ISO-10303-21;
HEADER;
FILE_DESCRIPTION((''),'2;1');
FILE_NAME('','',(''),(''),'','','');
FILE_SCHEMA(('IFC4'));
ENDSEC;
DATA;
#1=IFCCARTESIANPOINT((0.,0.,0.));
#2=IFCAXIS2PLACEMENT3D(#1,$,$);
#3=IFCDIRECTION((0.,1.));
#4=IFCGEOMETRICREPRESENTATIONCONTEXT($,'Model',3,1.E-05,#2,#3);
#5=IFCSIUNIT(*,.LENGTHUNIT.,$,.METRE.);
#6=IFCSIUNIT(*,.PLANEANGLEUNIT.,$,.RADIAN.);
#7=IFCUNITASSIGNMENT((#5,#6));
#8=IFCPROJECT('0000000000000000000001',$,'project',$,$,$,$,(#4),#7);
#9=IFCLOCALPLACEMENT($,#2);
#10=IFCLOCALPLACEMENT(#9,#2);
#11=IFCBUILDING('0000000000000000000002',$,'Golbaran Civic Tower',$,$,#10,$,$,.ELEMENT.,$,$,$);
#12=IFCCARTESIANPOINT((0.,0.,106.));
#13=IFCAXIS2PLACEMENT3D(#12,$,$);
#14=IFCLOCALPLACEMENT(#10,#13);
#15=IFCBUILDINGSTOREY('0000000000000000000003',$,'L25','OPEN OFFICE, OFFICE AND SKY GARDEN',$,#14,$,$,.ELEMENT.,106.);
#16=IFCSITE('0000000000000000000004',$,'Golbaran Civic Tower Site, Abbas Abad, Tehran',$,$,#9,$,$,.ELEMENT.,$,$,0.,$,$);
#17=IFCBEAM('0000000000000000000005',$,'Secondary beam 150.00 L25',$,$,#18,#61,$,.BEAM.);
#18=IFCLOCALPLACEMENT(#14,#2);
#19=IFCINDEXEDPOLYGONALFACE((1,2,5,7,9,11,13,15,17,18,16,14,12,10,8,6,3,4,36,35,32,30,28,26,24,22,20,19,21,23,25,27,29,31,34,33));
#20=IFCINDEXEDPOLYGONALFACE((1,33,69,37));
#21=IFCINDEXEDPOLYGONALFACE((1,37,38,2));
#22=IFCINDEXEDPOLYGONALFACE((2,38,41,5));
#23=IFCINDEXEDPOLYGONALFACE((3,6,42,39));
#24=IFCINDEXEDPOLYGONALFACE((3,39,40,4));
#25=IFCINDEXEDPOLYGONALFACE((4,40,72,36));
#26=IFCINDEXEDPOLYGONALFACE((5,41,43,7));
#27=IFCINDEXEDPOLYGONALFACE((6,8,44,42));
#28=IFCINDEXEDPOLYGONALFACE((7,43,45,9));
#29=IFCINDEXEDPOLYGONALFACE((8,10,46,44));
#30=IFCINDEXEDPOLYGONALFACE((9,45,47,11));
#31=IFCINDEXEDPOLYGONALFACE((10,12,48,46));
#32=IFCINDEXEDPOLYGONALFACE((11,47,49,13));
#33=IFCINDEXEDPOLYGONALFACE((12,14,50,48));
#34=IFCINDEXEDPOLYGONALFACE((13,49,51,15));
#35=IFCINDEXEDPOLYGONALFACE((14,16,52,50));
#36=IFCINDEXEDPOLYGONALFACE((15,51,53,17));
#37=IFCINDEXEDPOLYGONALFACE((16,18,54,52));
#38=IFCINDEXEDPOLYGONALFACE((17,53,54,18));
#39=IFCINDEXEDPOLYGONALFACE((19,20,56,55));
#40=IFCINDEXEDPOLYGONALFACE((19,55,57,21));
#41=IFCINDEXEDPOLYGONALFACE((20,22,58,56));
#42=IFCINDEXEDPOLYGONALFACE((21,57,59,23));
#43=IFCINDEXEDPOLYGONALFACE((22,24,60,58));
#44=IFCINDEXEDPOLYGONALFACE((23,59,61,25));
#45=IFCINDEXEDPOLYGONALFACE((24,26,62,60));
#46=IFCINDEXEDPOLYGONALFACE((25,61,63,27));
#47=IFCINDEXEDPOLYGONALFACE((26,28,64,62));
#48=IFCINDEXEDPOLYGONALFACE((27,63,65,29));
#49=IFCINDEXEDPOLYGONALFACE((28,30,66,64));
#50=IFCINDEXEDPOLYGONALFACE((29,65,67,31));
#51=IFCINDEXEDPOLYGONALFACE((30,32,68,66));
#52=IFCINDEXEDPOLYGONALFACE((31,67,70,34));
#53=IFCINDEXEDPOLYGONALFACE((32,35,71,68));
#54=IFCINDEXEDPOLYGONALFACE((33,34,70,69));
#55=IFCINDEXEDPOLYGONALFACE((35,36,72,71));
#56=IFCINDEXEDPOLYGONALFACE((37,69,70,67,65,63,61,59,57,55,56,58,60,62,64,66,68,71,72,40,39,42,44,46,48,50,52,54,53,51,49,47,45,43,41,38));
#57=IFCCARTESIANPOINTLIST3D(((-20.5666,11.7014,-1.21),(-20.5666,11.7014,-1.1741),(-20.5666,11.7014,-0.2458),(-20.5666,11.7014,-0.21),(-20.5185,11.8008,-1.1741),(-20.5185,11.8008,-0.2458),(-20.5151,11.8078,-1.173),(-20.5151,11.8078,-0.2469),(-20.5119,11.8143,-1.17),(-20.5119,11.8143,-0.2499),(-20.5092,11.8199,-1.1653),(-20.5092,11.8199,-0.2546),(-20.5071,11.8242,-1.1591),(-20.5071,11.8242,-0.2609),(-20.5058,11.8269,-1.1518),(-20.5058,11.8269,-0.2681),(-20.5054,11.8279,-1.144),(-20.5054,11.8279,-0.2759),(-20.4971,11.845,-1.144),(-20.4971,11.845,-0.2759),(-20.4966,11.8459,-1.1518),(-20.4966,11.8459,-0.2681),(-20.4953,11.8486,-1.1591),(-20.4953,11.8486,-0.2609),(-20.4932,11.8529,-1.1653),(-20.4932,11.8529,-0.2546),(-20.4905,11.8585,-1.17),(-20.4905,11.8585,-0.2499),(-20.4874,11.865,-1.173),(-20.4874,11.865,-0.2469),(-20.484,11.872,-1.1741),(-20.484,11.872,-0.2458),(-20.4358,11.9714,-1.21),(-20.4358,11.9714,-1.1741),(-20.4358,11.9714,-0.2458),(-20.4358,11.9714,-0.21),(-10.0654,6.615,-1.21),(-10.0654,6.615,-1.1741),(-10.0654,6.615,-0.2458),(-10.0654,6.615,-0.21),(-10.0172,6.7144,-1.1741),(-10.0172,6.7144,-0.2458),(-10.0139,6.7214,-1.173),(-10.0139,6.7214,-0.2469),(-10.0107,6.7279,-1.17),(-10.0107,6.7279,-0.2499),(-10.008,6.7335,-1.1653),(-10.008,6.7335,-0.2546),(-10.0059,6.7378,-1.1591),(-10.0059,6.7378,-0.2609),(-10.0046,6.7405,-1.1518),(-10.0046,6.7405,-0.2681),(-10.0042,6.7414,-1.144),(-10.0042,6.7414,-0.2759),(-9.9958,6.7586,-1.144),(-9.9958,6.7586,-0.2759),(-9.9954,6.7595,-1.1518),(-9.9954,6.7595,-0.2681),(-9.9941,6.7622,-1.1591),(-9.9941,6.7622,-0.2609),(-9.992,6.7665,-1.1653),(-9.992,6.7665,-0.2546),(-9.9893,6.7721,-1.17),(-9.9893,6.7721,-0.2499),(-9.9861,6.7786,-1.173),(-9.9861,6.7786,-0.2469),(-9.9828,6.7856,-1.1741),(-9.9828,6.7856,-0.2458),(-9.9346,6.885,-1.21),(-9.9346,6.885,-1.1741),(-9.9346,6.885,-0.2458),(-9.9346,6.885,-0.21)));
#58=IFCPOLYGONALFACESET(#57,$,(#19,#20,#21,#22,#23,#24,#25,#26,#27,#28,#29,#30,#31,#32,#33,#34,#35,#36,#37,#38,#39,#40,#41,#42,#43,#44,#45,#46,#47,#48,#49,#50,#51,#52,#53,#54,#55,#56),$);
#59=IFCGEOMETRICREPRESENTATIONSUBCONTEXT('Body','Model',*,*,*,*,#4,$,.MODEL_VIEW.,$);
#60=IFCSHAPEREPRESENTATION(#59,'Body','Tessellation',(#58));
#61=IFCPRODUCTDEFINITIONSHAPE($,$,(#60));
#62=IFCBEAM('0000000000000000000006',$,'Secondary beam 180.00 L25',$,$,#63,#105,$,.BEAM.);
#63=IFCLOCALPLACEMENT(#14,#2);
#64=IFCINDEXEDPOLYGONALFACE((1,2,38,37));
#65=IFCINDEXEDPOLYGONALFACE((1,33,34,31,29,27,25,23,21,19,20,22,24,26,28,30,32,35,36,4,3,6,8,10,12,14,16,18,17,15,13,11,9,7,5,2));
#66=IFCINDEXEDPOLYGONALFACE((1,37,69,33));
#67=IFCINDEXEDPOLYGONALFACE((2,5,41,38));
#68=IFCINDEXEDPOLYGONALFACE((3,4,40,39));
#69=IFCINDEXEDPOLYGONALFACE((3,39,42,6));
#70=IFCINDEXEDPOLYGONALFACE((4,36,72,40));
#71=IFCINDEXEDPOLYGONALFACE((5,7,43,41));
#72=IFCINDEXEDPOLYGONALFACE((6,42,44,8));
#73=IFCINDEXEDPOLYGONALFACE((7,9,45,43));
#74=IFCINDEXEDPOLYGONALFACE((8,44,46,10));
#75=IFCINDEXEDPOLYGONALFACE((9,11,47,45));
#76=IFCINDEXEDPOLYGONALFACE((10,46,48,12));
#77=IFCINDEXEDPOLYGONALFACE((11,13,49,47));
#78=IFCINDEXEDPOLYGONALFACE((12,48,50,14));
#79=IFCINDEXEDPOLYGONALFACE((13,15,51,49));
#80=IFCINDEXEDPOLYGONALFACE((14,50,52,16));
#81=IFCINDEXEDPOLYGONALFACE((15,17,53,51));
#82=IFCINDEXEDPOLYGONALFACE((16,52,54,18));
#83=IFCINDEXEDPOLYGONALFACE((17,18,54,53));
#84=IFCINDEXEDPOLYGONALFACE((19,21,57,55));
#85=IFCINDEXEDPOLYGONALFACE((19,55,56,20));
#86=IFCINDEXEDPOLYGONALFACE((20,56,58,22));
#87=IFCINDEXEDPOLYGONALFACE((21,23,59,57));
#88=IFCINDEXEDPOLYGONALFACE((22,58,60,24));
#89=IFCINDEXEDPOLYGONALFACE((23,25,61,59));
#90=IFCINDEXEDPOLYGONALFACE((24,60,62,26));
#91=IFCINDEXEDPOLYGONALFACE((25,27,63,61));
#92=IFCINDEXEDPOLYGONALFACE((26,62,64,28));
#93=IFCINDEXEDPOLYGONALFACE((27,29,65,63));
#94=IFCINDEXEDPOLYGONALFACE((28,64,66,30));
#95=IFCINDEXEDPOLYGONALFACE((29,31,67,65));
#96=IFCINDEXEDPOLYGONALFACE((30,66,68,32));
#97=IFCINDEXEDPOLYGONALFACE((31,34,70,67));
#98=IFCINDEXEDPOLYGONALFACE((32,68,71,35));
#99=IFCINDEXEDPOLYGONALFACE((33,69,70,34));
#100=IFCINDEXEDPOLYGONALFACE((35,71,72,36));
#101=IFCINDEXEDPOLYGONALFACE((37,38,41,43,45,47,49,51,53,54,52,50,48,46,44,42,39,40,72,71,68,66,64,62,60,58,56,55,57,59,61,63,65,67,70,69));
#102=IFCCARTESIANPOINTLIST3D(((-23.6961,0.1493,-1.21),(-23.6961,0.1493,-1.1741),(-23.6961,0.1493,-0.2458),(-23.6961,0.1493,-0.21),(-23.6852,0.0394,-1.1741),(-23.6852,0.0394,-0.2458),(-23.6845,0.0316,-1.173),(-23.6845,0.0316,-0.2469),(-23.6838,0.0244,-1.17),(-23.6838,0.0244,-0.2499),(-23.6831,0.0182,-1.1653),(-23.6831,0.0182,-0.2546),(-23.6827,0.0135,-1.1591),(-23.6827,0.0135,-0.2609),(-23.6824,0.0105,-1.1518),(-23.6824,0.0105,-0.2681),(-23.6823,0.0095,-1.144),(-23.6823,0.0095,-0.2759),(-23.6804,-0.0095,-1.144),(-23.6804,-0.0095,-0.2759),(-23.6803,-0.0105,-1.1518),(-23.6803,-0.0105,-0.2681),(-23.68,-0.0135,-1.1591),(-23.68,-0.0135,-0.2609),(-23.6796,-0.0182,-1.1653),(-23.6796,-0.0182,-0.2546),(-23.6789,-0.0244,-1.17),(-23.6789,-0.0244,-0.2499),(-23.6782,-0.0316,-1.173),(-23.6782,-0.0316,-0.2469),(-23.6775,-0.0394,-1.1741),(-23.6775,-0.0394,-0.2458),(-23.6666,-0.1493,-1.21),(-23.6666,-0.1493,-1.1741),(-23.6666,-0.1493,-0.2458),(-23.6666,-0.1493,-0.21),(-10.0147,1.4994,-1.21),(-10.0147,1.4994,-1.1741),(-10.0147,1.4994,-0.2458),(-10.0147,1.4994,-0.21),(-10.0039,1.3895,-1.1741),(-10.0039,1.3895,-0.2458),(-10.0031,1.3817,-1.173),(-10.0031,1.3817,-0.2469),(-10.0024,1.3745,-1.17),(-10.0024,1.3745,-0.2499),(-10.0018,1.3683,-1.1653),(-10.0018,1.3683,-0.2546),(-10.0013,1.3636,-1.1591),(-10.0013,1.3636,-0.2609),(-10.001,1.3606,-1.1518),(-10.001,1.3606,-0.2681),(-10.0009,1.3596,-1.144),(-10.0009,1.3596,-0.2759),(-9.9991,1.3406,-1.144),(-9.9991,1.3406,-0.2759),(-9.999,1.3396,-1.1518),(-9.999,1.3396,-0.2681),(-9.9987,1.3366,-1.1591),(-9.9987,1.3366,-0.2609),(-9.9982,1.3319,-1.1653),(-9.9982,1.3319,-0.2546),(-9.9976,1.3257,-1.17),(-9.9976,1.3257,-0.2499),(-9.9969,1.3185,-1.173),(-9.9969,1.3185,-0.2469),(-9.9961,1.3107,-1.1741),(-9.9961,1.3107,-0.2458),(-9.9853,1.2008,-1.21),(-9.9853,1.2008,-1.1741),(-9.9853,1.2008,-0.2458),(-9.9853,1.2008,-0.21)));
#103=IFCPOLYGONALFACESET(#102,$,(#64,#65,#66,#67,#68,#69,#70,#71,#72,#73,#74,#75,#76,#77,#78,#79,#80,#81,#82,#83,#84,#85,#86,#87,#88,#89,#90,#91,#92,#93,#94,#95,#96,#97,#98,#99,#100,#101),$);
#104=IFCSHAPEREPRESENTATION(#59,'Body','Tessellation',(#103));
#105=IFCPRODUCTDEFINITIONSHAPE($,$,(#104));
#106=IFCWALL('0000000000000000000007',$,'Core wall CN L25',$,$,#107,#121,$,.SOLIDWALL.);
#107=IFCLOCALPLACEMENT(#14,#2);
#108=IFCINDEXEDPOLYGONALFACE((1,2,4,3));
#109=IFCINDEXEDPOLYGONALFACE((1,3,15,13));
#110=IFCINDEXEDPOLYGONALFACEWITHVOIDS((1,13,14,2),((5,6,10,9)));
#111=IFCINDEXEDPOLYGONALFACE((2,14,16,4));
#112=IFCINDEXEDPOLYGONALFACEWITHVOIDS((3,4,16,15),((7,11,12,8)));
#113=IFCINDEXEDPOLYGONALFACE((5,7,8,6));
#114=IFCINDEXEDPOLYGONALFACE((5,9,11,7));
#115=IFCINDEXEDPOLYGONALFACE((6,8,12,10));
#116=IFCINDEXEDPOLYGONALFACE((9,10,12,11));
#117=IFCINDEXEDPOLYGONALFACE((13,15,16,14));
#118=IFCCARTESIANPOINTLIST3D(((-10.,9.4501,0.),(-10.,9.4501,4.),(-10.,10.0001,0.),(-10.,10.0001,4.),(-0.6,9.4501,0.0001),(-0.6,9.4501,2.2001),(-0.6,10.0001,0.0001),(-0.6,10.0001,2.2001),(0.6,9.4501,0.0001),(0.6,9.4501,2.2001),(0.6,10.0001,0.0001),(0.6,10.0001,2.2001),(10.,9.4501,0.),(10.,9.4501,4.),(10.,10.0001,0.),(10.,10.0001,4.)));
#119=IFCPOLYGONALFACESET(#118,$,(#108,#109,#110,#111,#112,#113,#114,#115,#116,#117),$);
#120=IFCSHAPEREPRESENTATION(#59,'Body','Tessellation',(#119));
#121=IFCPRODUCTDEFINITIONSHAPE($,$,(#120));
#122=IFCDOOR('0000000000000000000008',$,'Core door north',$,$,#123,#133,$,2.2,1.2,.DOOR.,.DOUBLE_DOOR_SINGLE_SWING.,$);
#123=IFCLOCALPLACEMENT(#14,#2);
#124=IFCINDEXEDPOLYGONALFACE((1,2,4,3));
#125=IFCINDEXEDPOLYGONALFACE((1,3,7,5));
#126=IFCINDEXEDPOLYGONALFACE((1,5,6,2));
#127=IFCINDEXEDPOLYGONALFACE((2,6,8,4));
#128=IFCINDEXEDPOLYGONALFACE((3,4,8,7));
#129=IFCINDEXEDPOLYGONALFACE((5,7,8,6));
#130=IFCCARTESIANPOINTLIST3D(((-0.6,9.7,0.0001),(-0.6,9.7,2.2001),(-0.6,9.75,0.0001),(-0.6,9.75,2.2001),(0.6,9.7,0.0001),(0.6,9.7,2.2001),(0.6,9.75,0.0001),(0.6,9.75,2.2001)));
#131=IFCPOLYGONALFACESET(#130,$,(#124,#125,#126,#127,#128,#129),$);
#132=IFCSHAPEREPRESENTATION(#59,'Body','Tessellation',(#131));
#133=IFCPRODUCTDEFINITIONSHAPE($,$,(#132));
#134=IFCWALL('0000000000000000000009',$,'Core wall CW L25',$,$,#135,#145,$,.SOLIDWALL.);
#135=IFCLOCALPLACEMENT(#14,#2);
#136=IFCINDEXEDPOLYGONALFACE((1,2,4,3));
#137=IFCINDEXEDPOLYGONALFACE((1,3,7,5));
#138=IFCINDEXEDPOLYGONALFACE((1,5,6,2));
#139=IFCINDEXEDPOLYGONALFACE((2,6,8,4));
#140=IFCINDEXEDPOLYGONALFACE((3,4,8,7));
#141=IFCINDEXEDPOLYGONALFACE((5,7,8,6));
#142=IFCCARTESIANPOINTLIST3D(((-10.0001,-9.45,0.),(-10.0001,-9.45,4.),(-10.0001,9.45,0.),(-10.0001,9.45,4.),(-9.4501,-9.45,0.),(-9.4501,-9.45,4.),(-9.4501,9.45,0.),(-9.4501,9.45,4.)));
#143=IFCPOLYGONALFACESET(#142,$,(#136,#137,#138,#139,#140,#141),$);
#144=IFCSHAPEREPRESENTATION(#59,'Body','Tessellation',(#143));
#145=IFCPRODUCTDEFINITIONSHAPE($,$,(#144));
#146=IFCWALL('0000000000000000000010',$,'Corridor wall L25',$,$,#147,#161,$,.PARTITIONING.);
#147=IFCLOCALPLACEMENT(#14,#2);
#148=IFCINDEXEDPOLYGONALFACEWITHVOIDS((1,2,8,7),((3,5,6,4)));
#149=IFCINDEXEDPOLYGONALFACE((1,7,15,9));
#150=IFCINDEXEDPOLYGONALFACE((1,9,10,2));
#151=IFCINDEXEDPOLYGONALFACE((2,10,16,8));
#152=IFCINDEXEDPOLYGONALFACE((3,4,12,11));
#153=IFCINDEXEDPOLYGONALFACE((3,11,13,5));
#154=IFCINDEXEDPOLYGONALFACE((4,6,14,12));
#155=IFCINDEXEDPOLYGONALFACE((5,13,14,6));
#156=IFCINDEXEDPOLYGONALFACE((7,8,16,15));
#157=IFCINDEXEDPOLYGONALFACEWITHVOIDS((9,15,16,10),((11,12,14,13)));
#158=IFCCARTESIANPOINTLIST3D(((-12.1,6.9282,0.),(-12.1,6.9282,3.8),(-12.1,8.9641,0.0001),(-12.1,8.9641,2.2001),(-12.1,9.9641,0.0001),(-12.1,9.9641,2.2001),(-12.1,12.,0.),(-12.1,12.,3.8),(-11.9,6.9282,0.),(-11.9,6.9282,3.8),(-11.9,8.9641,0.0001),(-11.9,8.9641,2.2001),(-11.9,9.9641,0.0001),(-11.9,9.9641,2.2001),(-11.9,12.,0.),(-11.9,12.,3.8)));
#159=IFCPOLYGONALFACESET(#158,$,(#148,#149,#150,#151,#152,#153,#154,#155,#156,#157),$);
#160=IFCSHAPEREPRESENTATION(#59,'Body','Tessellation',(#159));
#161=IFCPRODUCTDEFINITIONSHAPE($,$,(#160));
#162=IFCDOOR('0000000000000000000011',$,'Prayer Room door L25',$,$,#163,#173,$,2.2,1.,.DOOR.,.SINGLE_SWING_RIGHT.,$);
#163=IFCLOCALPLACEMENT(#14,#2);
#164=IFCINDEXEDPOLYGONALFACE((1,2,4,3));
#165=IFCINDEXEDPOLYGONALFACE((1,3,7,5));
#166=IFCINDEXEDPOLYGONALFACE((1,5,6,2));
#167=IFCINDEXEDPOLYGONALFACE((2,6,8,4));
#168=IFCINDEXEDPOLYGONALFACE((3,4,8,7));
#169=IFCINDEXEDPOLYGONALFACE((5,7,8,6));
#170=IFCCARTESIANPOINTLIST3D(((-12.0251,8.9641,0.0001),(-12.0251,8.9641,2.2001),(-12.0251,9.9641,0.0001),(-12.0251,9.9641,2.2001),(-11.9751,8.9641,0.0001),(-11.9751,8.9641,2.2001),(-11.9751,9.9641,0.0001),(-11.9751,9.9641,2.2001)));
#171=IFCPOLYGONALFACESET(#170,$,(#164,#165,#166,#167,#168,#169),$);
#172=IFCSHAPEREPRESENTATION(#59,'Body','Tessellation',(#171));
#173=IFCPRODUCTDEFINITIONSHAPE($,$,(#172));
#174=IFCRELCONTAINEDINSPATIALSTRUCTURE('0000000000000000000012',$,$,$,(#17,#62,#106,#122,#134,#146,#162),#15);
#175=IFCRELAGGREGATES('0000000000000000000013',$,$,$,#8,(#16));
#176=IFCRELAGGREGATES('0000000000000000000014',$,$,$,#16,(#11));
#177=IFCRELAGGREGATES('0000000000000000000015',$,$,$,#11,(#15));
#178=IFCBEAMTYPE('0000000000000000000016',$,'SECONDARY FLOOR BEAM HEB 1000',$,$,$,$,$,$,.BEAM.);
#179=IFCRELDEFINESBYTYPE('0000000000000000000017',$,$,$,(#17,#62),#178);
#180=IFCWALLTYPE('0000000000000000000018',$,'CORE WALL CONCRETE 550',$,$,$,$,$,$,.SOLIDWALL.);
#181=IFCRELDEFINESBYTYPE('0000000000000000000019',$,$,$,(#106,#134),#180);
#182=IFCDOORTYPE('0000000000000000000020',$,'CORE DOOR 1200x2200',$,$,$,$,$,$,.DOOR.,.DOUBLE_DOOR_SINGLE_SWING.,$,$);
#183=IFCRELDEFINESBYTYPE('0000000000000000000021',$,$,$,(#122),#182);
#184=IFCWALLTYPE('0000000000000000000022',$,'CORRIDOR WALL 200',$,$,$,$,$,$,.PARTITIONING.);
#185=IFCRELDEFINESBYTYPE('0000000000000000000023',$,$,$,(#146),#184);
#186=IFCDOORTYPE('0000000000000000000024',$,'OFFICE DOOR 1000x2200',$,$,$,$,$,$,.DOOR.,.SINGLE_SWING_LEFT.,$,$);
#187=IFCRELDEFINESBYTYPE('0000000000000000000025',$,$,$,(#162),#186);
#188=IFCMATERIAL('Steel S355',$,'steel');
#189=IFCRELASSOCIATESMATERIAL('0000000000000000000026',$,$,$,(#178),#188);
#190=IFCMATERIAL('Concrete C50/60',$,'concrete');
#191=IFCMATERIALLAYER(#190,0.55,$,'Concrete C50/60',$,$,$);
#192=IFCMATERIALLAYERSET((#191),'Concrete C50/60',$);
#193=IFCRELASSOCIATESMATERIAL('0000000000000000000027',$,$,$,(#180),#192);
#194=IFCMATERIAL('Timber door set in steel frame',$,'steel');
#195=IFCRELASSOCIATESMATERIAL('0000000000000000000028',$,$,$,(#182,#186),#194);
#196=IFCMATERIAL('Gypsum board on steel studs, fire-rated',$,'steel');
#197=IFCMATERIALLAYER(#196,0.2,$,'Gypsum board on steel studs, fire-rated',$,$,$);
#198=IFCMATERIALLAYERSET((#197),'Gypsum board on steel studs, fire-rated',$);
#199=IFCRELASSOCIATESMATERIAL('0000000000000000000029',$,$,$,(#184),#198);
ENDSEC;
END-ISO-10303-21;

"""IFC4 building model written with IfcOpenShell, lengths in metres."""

from ifc_helpers import new_model, si_unit, direction, frame, frame_2d, origin, origin_2d, place, context, subcontext, project, spatial, rectangle, i_section, extrude, material, layer, layer_set, material_profile, profile_set, type_object, element, fill, save


model = new_model("IFC4")

# Units and contexts
model_context = context("Model", 3, precision=1e-05, world=origin(), true_north=direction((0.0, 1.0)))
body_context = subcontext(model_context, "Body", "Model", "MODEL_VIEW")
ifc_project = project(units=[si_unit("LENGTHUNIT", "METRE"), si_unit("PLANEANGLEUNIT", "RADIAN")], contexts=[model_context])

# Site, building, storey
site_placement = place(None, origin())
site = spatial("IfcSite", under=ifc_project, at=site_placement, Name="Golbaran Civic Tower Site, Abbas Abad, Tehran", CompositionType="ELEMENT", RefElevation=0.0)
building_placement = place(site_placement, origin())
building = spatial("IfcBuilding", under=site, at=building_placement, Name="Golbaran Civic Tower", CompositionType="ELEMENT")
storey_placement = place(building_placement, frame((0.0, 0.0, 106.0)))
storey = spatial("IfcBuildingStorey", under=building, at=storey_placement, Name="L25", Description="OPEN OFFICE, OFFICE AND SKY GARDEN", CompositionType="ELEMENT", Elevation=106.0)

# Beams
ifc_material_1 = material(Name="Steel S355", Category="steel")
ifc_material_profile_1 = material_profile(ifc_material_1, i_section(OverallWidth=0.3, OverallDepth=1.0, WebThickness=0.019, FlangeThickness=0.0359, FilletRadius=0.03, at=origin_2d()), Name="HEB 1000")
ifc_profile_set_1 = profile_set([ifc_material_profile_1], Name="Steel S355")
beam_type_1 = type_object("IfcBeamType", Name="SECONDARY FLOOR BEAM HEB 1000", PredefinedType="BEAM", material=ifc_profile_set_1)
beam_1_placement = place(storey_placement, frame((-10.0, 6.75, -0.71), z_axis=(-0.899985, 0.435921, 0.0), x_axis=(-0.435921, -0.899985, 0.0)))
element("IfcBeam", 1, at=beam_1_placement, inside=storey, type_object=beam_type_1, Name="Secondary beam 150.00 L25", PredefinedType="BEAM", context=body_context, shape_type="SweptSolid", body=[
    extrude(i_section(OverallWidth=0.3, OverallDepth=1.0, WebThickness=0.019, FlangeThickness=0.0359, FilletRadius=0.03, at=origin_2d()), origin(), (0.0, 0.0, 1.0), 11.6682),
])
beam_2_placement = place(storey_placement, frame((-10.0, 1.3501, -0.71), z_axis=(-0.995166, -0.098204, 0.0), x_axis=(0.098204, -0.995166, 0.0)))
element("IfcBeam", 2, at=beam_2_placement, inside=storey, type_object=beam_type_1, Name="Secondary beam 180.00 L25", PredefinedType="BEAM", context=body_context, shape_type="SweptSolid", body=[
    extrude(i_section(OverallWidth=0.3, OverallDepth=1.0, WebThickness=0.019, FlangeThickness=0.0359, FilletRadius=0.03, at=origin_2d()), origin(), (0.0, 0.0, 1.0), 13.7478),
])

# Wall, opening, door
ifc_material_2 = material(Name="Concrete C50/60", Category="concrete")
ifc_layer_1 = layer(ifc_material_2, 0.55, Name="Concrete C50/60")
ifc_layer_set_1 = layer_set([ifc_layer_1], Name="Concrete C50/60")
wall_type_1 = type_object("IfcWallType", Name="CORE WALL CONCRETE 550", PredefinedType="SOLIDWALL", material=ifc_layer_set_1)
wall_1_placement = place(storey_placement, frame((-10.0, 9.7251, 0.0), z_axis=(0.0, 0.0, 1.0), x_axis=(1.0, 0.0, 0.0)))
wall_1 = element("IfcWall", 3, at=wall_1_placement, inside=storey, type_object=wall_type_1, Name="Core wall CN L25", PredefinedType="SOLIDWALL", context=body_context, shape_type="SweptSolid", body=[
    extrude(rectangle(XDim=20.0, YDim=0.55, at=frame_2d((10.0, 0.0))), origin(), (0.0, 0.0, 1.0), 4.0),
])
opening_1_placement = place(wall_1_placement, frame((9.3999, 0.0, 0.0)))
opening_1 = element("IfcOpeningElement", 4, at=opening_1_placement, cuts=wall_1, PredefinedType="OPENING", context=body_context, shape_type="SweptSolid", body=[
    extrude(rectangle(XDim=1.2, YDim=2.2, at=frame_2d((0.6001, 1.1001))), frame((0.0, 0.2849, 0.0), z_axis=(0.0, -1.0, 0.0), x_axis=(1.0, 0.0, 0.0)), (0.0, 0.0, 1.0), 0.5701),
])
ifc_material_3 = material(Name="Timber door set in steel frame", Category="steel")
door_type_1 = type_object("IfcDoorType", Name="CORE DOOR 1200x2200", OperationType="DOUBLE_DOOR_SINGLE_SWING", PredefinedType="DOOR", material=ifc_material_3)
door_1_placement = place(opening_1_placement, origin())
door_1 = element("IfcDoor", 5, at=door_1_placement, inside=storey, type_object=door_type_1, Name="Core door north", OperationType="DOUBLE_DOOR_SINGLE_SWING", OverallHeight=2.2, OverallWidth=1.2, PredefinedType="DOOR", context=body_context, shape_type="SweptSolid", body=[
    extrude(rectangle(XDim=1.2, YDim=2.2, at=frame_2d((0.6001, 1.1001))), frame((0.0, 0.0249, 0.0), z_axis=(0.0, -1.0, 0.0), x_axis=(1.0, 0.0, 0.0)), (0.0, 0.0, 1.0), 0.05),
])
fill(opening_1, door_1)

# Wall
wall_2_placement = place(storey_placement, frame((-9.7251, 9.45, 0.0), z_axis=(0.0, 0.0, 1.0), x_axis=(0.0, -1.0, 0.0)))
element("IfcWall", 6, at=wall_2_placement, inside=storey, type_object=wall_type_1, Name="Core wall CW L25", PredefinedType="SOLIDWALL", context=body_context, shape_type="SweptSolid", body=[
    extrude(rectangle(XDim=18.8999, YDim=0.55, at=frame_2d((9.45, 0.0))), origin(), (0.0, 0.0, 1.0), 4.0),
])

# Wall, opening, door
ifc_material_4 = material(Name="Gypsum board on steel studs, fire-rated", Category="steel")
ifc_layer_2 = layer(ifc_material_4, 0.2, Name="Gypsum board on steel studs, fire-rated")
ifc_layer_set_2 = layer_set([ifc_layer_2], Name="Gypsum board on steel studs, fire-rated")
wall_type_2 = type_object("IfcWallType", Name="CORRIDOR WALL 200", PredefinedType="PARTITIONING", material=ifc_layer_set_2)
wall_3_placement = place(storey_placement, frame((-12.0, 12.0, 0.0), z_axis=(0.0, 0.0, 1.0), x_axis=(0.0, -1.0, 0.0)))
wall_3 = element("IfcWall", 7, at=wall_3_placement, inside=storey, type_object=wall_type_2, Name="Corridor wall L25", PredefinedType="PARTITIONING", context=body_context, shape_type="SweptSolid", body=[
    extrude(rectangle(XDim=5.0718, YDim=0.2, at=frame_2d((2.5359, 0.0))), origin(), (0.0, 0.0, 1.0), 3.8),
])
opening_2_placement = place(wall_3_placement, frame((2.0359, 0.0, 0.0)))
opening_2 = element("IfcOpeningElement", 8, at=opening_2_placement, cuts=wall_3, PredefinedType="OPENING", context=body_context, shape_type="SweptSolid", body=[
    extrude(rectangle(XDim=1.0, YDim=2.2, at=frame_2d((0.5, 1.1001))), frame((0.0, 0.1099, 0.0), z_axis=(0.0, -1.0, 0.0), x_axis=(1.0, 0.0, 0.0)), (0.0, 0.0, 1.0), 0.22),
])
door_type_2 = type_object("IfcDoorType", Name="OFFICE DOOR 1000x2200", OperationType="SINGLE_SWING_LEFT", PredefinedType="DOOR", material=ifc_material_3)
door_2_placement = place(opening_2_placement, origin())
door_2 = element("IfcDoor", 9, at=door_2_placement, inside=storey, type_object=door_type_2, Name="Prayer Room door L25", OperationType="SINGLE_SWING_RIGHT", OverallHeight=2.2, OverallWidth=1.0, PredefinedType="DOOR", context=body_context, shape_type="SweptSolid", body=[
    extrude(rectangle(XDim=1.0, YDim=2.2, at=frame_2d((0.5, 1.1001))), frame((0.0, 0.0249, 0.0), z_axis=(0.0, -1.0, 0.0), x_axis=(1.0, 0.0, 0.0)), (0.0, 0.0, 1.0), 0.05),
])
fill(opening_2, door_2)

save(model, "model.ifc")
